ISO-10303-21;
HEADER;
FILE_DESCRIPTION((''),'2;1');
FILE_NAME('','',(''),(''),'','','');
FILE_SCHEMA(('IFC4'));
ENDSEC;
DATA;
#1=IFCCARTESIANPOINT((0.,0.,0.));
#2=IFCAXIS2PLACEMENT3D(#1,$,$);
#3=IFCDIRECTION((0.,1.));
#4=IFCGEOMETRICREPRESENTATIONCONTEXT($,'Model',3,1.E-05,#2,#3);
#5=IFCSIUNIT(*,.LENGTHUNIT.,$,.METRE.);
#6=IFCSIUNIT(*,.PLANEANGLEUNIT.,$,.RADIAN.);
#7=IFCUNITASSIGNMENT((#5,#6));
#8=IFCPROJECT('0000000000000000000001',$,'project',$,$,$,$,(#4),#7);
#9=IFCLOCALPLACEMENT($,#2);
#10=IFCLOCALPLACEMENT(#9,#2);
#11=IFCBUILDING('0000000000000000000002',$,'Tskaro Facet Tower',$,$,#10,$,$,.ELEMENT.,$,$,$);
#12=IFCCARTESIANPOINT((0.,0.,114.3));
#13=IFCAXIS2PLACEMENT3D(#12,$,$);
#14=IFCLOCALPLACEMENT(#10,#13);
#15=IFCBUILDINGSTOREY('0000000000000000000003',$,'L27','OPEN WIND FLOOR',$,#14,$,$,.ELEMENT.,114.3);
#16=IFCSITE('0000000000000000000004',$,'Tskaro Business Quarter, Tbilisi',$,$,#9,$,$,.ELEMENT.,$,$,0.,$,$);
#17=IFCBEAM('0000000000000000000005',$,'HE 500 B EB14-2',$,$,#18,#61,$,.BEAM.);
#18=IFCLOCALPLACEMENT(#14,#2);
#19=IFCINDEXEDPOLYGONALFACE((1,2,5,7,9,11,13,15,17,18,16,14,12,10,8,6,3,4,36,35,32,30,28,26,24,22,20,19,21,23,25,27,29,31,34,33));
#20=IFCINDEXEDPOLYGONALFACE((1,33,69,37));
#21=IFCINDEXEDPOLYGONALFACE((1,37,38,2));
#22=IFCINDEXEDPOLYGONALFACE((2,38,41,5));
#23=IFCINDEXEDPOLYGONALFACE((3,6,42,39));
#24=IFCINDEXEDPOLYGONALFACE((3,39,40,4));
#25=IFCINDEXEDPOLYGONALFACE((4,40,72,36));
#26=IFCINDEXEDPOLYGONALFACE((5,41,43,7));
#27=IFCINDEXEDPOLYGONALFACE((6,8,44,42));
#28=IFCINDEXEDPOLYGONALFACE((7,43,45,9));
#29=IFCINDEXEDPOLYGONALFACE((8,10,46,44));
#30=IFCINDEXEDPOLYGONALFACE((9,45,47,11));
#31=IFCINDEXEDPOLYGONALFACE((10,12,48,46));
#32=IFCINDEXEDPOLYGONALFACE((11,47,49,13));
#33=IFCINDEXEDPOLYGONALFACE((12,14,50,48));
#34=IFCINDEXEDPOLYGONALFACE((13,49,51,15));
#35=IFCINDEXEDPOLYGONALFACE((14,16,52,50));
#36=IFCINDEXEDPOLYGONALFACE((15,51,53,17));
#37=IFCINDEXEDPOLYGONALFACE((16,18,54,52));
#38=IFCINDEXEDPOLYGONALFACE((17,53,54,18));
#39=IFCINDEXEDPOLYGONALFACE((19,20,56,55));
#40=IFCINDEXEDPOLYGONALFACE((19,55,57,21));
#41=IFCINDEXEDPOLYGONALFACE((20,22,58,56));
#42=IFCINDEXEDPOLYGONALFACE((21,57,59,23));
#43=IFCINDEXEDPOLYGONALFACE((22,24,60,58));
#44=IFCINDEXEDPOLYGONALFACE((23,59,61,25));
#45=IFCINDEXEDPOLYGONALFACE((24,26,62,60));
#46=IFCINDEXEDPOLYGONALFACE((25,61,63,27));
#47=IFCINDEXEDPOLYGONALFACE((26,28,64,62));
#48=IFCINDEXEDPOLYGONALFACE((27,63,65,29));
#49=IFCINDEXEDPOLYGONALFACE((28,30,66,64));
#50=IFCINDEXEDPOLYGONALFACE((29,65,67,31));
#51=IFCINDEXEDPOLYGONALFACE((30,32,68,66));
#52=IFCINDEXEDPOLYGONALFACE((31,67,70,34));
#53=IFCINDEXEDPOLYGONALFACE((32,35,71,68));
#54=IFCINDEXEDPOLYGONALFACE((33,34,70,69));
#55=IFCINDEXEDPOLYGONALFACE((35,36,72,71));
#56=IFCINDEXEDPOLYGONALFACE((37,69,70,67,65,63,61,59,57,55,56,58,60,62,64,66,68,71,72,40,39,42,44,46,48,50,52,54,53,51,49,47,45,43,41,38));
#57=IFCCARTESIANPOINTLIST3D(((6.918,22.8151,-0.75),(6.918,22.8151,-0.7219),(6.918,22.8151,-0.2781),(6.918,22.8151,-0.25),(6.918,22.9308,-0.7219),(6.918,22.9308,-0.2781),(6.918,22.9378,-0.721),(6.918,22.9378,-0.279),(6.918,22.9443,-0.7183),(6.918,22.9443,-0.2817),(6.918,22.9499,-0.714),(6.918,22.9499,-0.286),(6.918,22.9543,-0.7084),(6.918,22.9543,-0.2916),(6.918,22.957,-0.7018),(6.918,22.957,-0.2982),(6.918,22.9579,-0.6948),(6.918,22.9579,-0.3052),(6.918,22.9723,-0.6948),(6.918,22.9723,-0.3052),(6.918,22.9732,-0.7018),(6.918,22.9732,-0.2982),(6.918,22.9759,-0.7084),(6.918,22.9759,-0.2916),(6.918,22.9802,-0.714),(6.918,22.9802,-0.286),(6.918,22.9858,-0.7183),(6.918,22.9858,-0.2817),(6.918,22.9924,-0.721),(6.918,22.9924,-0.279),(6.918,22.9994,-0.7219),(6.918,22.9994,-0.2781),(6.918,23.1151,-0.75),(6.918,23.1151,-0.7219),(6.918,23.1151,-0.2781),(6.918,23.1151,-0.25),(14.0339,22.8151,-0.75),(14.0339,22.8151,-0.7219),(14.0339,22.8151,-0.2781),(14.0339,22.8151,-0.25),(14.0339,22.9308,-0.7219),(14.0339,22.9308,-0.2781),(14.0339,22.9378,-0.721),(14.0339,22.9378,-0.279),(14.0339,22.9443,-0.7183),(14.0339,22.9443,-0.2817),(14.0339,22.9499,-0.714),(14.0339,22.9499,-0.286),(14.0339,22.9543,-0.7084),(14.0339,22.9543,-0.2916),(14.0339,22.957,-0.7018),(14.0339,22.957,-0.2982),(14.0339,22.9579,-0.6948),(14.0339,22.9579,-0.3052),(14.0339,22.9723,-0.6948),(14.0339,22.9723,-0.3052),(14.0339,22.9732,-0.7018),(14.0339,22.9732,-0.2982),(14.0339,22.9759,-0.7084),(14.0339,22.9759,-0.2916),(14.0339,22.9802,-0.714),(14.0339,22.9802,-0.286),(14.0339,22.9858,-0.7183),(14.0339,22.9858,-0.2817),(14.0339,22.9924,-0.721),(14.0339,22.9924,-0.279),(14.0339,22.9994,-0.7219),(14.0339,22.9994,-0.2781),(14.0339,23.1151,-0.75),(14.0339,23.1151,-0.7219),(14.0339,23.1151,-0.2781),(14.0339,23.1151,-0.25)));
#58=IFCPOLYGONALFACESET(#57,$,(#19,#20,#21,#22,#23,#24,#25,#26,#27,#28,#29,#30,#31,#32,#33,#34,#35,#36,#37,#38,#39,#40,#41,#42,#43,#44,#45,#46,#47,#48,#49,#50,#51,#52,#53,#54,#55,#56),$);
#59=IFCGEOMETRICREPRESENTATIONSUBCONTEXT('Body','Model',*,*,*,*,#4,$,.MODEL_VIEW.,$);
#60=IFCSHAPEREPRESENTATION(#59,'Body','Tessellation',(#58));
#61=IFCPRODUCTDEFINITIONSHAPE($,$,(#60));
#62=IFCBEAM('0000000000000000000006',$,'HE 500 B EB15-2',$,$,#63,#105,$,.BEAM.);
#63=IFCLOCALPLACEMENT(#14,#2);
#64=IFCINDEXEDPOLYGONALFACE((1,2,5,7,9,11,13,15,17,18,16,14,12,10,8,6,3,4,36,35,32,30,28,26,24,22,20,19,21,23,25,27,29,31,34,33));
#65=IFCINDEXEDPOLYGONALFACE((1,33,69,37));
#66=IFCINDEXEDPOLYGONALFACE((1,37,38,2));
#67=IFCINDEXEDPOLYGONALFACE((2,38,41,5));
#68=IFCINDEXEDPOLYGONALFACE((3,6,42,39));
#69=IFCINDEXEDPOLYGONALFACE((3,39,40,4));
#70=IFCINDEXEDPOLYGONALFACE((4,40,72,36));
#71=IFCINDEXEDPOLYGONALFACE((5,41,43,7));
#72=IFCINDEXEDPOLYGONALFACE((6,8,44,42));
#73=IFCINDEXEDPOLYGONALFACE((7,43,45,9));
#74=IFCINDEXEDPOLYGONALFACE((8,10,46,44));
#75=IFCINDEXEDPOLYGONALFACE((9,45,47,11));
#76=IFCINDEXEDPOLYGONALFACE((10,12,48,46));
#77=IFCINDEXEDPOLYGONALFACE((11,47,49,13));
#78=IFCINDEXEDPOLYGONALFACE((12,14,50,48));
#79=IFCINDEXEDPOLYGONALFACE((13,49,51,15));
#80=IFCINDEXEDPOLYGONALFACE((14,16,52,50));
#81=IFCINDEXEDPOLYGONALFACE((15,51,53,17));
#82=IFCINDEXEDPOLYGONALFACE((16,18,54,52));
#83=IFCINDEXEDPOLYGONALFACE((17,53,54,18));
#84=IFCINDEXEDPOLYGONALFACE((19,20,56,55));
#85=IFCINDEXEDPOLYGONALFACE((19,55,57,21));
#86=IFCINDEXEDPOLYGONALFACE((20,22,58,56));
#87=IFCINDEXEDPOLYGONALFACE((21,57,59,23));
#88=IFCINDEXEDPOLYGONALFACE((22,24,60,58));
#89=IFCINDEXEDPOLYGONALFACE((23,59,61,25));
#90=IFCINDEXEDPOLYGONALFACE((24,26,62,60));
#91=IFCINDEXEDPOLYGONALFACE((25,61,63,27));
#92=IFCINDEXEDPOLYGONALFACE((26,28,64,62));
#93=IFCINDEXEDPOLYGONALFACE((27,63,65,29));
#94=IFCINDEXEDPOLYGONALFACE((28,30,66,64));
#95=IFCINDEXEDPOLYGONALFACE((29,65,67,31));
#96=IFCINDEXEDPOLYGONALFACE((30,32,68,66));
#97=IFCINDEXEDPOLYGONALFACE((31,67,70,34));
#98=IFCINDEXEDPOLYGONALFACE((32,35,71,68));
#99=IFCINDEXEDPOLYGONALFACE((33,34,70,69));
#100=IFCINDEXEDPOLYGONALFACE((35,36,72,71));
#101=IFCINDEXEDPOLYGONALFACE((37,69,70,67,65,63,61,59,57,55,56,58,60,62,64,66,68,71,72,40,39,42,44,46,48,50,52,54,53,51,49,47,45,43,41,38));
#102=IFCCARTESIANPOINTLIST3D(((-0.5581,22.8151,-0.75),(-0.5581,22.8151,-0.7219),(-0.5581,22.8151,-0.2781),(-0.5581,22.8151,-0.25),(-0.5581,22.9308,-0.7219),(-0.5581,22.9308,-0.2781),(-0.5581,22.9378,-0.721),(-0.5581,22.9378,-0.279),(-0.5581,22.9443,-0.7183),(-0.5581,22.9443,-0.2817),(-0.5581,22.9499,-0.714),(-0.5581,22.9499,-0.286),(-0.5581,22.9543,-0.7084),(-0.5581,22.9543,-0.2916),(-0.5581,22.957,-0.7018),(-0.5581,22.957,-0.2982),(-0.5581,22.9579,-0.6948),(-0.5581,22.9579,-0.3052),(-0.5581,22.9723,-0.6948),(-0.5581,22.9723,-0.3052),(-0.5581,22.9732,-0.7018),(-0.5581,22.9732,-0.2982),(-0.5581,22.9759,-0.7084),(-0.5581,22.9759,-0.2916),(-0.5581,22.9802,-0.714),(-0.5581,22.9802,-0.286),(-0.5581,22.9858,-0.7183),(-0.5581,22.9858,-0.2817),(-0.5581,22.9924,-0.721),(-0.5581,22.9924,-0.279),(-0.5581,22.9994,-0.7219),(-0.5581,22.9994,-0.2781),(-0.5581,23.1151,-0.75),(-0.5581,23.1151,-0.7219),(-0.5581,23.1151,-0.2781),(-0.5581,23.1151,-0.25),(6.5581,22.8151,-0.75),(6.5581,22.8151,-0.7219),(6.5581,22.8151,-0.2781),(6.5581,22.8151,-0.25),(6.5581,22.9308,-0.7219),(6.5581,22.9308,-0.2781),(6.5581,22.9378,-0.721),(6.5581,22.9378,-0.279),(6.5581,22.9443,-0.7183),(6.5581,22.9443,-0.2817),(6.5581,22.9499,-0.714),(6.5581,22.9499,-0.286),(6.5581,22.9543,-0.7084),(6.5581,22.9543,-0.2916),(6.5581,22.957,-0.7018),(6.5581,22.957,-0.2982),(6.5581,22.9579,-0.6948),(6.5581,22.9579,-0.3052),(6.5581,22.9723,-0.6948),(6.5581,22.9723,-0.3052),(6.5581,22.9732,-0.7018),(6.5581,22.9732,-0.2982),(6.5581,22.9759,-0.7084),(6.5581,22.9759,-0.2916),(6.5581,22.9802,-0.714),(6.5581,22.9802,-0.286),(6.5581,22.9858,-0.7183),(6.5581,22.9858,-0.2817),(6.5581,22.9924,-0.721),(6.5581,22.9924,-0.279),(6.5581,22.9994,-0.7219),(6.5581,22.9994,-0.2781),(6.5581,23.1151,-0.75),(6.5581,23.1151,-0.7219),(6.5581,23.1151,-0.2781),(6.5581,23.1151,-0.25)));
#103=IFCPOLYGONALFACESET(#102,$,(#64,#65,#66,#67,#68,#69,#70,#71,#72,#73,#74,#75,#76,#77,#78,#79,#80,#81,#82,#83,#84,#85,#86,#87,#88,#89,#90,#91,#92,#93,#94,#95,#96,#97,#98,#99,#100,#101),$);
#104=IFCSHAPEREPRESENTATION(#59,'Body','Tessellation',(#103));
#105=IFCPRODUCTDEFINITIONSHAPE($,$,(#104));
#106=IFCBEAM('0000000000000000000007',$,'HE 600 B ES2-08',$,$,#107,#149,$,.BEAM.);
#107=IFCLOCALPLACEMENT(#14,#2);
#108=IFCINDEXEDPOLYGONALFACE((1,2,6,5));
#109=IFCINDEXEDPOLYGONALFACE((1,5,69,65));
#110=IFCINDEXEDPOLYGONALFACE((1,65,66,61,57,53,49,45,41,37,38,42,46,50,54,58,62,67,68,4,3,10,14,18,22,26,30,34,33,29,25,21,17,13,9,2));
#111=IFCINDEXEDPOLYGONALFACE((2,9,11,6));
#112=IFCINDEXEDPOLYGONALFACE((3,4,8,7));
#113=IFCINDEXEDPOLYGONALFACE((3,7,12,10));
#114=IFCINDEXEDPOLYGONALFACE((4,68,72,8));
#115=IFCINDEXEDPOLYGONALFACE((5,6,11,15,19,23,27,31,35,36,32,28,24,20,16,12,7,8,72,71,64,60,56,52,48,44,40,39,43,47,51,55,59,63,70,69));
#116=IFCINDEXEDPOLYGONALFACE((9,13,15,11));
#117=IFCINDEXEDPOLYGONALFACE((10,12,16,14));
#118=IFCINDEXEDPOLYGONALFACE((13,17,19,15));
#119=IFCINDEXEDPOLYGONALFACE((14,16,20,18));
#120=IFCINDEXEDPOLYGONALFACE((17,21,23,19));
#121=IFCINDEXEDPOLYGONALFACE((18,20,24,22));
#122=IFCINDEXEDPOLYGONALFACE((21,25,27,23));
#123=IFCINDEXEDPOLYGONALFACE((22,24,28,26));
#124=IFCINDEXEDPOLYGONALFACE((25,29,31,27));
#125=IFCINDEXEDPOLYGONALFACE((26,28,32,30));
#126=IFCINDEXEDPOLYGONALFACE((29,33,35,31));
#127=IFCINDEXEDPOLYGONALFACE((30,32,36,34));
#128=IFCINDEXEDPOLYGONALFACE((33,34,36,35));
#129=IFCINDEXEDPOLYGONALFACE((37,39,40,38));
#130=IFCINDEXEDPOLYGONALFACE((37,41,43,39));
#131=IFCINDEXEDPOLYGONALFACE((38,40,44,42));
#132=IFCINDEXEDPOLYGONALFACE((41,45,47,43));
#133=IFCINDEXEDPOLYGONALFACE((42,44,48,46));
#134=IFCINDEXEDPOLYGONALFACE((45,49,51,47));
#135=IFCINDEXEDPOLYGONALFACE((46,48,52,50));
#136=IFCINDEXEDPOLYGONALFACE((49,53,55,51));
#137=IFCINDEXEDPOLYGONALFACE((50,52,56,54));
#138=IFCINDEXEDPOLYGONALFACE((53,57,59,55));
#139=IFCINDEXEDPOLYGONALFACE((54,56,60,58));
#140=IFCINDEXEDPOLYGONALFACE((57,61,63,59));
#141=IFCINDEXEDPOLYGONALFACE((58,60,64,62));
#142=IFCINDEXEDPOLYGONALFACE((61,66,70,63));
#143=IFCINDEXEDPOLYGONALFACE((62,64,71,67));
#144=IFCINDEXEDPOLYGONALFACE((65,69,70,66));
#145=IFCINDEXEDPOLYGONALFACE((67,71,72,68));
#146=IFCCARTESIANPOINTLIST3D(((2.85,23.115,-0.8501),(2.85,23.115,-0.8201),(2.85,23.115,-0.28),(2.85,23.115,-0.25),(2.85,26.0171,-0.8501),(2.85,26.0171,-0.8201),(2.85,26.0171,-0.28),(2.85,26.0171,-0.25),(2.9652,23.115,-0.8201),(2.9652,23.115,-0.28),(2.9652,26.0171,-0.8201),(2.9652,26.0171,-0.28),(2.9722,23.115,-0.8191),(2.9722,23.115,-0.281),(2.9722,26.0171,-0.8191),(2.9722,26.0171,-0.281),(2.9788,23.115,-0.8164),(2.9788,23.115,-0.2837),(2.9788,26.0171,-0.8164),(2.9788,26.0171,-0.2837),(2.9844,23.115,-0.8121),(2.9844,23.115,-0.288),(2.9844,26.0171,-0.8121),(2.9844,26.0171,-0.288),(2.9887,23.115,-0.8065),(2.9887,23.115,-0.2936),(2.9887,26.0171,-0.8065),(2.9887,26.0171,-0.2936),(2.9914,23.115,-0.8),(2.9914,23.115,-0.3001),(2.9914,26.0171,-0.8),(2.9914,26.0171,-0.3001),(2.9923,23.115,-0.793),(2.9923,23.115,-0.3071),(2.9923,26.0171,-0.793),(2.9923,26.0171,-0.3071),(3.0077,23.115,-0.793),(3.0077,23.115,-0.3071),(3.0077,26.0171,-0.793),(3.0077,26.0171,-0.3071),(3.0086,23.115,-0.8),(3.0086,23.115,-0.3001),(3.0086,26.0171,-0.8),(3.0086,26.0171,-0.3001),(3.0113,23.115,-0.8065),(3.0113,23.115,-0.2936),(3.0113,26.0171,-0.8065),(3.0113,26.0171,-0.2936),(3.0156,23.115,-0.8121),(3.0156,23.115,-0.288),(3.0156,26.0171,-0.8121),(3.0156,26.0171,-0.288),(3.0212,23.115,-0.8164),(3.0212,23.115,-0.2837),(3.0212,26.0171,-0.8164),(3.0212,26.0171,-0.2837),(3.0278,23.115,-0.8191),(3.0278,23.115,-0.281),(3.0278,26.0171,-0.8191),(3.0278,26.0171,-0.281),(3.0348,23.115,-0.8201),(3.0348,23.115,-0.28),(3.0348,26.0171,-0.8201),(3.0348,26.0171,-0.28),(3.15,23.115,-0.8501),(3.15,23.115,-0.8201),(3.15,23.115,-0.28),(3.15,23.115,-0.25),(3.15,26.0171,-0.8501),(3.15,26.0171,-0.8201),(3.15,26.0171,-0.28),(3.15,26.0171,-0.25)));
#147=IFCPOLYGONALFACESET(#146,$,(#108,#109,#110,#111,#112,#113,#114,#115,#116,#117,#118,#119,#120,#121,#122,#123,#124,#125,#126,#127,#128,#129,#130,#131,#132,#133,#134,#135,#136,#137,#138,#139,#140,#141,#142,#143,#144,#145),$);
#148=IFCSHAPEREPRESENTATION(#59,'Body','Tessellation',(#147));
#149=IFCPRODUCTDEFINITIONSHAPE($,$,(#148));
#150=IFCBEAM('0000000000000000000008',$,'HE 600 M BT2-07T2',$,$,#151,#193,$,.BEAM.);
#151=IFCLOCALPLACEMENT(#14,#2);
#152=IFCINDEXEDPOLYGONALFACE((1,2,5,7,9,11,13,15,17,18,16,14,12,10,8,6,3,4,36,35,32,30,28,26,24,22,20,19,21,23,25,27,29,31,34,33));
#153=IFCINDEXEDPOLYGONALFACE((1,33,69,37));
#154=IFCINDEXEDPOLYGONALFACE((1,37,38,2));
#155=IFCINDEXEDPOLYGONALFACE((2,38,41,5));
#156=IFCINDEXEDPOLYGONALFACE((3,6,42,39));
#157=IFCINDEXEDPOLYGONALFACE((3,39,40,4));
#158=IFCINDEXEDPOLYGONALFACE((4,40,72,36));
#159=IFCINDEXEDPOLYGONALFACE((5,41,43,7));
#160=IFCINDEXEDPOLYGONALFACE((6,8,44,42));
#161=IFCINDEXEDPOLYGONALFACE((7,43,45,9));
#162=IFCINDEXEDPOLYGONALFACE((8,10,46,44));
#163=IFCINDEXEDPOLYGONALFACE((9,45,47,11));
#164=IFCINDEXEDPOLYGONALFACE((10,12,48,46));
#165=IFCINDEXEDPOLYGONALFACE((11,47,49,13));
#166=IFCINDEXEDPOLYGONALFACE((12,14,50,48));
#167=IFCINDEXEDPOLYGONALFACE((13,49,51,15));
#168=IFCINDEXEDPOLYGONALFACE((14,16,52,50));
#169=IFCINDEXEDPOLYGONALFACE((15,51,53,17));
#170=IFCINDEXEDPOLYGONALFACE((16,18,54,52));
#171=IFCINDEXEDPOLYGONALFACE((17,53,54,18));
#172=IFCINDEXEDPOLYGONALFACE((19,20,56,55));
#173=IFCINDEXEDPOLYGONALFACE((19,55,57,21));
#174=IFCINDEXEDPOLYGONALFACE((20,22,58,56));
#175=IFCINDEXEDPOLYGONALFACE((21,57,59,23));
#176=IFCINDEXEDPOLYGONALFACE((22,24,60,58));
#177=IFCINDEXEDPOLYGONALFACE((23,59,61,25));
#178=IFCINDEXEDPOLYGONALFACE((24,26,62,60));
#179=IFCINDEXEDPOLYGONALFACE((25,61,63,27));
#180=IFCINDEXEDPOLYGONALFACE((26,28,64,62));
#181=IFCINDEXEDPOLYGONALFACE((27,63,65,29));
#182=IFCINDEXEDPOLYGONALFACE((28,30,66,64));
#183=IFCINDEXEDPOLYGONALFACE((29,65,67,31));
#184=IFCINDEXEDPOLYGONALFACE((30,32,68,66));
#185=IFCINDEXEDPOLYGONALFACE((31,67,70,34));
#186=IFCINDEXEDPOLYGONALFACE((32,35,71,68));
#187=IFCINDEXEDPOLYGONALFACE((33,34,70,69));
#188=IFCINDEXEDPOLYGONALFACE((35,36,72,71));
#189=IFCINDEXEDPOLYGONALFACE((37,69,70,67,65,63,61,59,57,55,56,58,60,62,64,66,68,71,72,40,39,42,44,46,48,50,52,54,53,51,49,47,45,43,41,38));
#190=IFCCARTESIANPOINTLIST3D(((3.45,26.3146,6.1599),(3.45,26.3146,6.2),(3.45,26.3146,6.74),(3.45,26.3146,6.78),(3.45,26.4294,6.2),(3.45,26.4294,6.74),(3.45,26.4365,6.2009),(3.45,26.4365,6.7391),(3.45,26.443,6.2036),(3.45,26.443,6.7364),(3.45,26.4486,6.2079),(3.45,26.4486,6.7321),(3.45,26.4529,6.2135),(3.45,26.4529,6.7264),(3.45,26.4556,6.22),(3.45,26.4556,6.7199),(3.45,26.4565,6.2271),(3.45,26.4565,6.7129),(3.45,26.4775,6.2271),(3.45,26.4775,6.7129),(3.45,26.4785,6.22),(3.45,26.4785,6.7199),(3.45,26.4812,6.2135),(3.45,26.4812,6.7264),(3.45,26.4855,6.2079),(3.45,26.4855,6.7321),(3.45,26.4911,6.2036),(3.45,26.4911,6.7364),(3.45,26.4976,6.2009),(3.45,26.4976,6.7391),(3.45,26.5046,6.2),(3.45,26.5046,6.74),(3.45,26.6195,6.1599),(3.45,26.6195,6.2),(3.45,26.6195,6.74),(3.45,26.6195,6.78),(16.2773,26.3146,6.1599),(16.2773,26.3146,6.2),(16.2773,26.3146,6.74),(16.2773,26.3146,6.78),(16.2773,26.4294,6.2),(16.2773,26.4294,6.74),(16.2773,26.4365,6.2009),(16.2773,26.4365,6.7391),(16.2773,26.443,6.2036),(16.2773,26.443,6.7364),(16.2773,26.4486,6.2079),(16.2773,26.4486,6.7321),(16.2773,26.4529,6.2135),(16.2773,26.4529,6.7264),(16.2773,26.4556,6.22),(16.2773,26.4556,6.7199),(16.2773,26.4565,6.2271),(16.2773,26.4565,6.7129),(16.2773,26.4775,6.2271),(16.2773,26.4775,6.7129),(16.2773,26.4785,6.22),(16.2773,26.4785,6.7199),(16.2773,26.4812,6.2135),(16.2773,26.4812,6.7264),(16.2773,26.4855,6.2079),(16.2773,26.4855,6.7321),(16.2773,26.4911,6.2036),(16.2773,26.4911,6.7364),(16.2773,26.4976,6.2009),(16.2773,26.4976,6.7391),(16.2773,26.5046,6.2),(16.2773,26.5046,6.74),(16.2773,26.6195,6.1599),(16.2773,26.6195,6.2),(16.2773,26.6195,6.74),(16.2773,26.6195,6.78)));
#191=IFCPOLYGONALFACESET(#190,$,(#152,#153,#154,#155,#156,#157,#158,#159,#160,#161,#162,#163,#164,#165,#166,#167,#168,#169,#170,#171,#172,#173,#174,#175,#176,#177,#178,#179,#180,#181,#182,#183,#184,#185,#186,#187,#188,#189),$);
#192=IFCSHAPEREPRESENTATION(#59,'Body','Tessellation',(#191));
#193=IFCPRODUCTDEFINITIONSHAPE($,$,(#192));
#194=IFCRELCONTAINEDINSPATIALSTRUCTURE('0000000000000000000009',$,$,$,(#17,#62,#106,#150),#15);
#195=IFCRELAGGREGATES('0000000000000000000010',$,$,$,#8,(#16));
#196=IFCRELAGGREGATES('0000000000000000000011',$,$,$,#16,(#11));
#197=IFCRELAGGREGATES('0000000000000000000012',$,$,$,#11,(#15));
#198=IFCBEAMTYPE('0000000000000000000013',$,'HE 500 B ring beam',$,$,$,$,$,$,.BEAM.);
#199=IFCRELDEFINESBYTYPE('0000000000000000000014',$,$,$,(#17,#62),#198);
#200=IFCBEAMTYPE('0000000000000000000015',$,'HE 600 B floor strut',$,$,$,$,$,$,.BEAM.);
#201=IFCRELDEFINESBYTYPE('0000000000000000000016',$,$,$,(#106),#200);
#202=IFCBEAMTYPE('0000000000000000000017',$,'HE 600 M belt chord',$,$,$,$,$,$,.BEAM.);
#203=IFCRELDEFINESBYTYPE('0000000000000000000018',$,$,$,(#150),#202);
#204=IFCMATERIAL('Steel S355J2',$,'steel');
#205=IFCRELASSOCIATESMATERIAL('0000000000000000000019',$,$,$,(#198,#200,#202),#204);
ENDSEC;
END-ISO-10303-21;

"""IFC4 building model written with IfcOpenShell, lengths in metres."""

from ifc_helpers import new_model, si_unit, direction, frame, origin, origin_2d, place, context, subcontext, project, spatial, i_section, extrude, material, material_profile, profile_set, type_object, element, save


model = new_model("IFC4")

# Units and contexts
model_context = context("Model", 3, precision=1e-05, world=origin(), true_north=direction((0.0, 1.0)))
body_context = subcontext(model_context, "Body", "Model", "MODEL_VIEW")
ifc_project = project(units=[si_unit("LENGTHUNIT", "METRE"), si_unit("PLANEANGLEUNIT", "RADIAN")], contexts=[model_context])

# Site, building, storey
site_placement = place(None, origin())
site = spatial("IfcSite", under=ifc_project, at=site_placement, Name="Tskaro Business Quarter, Tbilisi", CompositionType="ELEMENT", RefElevation=0.0)
building_placement = place(site_placement, origin())
building = spatial("IfcBuilding", under=site, at=building_placement, Name="Tskaro Facet Tower", CompositionType="ELEMENT")
storey_placement = place(building_placement, frame((0.0, 0.0, 114.3)))
storey = spatial("IfcBuildingStorey", under=building, at=storey_placement, Name="L27", Description="OPEN WIND FLOOR", CompositionType="ELEMENT", Elevation=114.3)

# Shared definitions
ifc_material_1 = material(Name="Steel S355J2", Category="steel")

# Beams
ifc_material_profile_1 = material_profile(ifc_material_1, i_section(OverallWidth=0.3, OverallDepth=0.5, WebThickness=0.0144, FlangeThickness=0.0281, FilletRadius=0.0271, at=origin_2d()), Name="HE 500 B")
ifc_profile_set_1 = profile_set([ifc_material_profile_1], Name="Steel S355J2")
beam_type_1 = type_object("IfcBeamType", Name="HE 500 B ring beam", PredefinedType="BEAM", material=ifc_profile_set_1)
beam_1_placement = place(storey_placement, frame((14.0339, 22.9651, -0.5), z_axis=(-1.0, 0.0, 0.0), x_axis=(0.0, -1.0, 0.0)))
element("IfcBeam", 1, at=beam_1_placement, inside=storey, type_object=beam_type_1, Name="HE 500 B EB14-2", PredefinedType="BEAM", context=body_context, shape_type="SweptSolid", body=[
    extrude(i_section(OverallWidth=0.3, OverallDepth=0.5, WebThickness=0.0144, FlangeThickness=0.0281, FilletRadius=0.0271, at=origin_2d()), origin(), (0.0, 0.0, 1.0), 7.116),
])
beam_2_placement = place(storey_placement, frame((6.5581, 22.9651, -0.5), z_axis=(-1.0, 0.0, 0.0), x_axis=(0.0, -1.0, 0.0)))
element("IfcBeam", 2, at=beam_2_placement, inside=storey, type_object=beam_type_1, Name="HE 500 B EB15-2", PredefinedType="BEAM", context=body_context, shape_type="SweptSolid", body=[
    extrude(i_section(OverallWidth=0.3, OverallDepth=0.5, WebThickness=0.0144, FlangeThickness=0.0281, FilletRadius=0.0271, at=origin_2d()), origin(), (0.0, 0.0, 1.0), 7.1162),
])
ifc_material_profile_2 = material_profile(ifc_material_1, i_section(OverallWidth=0.3, OverallDepth=0.6001, WebThickness=0.0154, FlangeThickness=0.03, FilletRadius=0.0271, at=origin_2d()), Name="HE 600 B")
ifc_profile_set_2 = profile_set([ifc_material_profile_2], Name="Steel S355J2")
beam_type_2 = type_object("IfcBeamType", Name="HE 600 B floor strut", PredefinedType="BEAM", material=ifc_profile_set_2)
beam_3_placement = place(storey_placement, frame((3.0, 26.0171, -0.55), z_axis=(0.0, -1.0, 0.0), x_axis=(1.0, 0.0, 0.0)))
element("IfcBeam", 3, at=beam_3_placement, inside=storey, type_object=beam_type_2, Name="HE 600 B ES2-08", PredefinedType="BEAM", context=body_context, shape_type="SweptSolid", body=[
    extrude(i_section(OverallWidth=0.3, OverallDepth=0.6001, WebThickness=0.0154, FlangeThickness=0.03, FilletRadius=0.0271, at=origin_2d()), origin(), (0.0, 0.0, 1.0), 2.9021),
])
ifc_material_profile_3 = material_profile(ifc_material_1, i_section(OverallWidth=0.3049, OverallDepth=0.6201, WebThickness=0.021, FlangeThickness=0.04, FilletRadius=0.0271, at=origin_2d()), Name="HE 600 M")
ifc_profile_set_3 = profile_set([ifc_material_profile_3], Name="Steel S355J2")
beam_type_3 = type_object("IfcBeamType", Name="HE 600 M belt chord", PredefinedType="BEAM", material=ifc_profile_set_3)
beam_4_placement = place(storey_placement, frame((16.2773, 26.467, 6.47), z_axis=(-1.0, 0.0, 0.0), x_axis=(0.0, -1.0, 0.0)))
element("IfcBeam", 4, at=beam_4_placement, inside=storey, type_object=beam_type_3, Name="HE 600 M BT2-07T2", PredefinedType="BEAM", context=body_context, shape_type="SweptSolid", body=[
    extrude(i_section(OverallWidth=0.3049, OverallDepth=0.6201, WebThickness=0.021, FlangeThickness=0.04, FilletRadius=0.0271, at=origin_2d()), origin(), (0.0, 0.0, 1.0), 12.8274),
])

save(model, "model.ifc")
